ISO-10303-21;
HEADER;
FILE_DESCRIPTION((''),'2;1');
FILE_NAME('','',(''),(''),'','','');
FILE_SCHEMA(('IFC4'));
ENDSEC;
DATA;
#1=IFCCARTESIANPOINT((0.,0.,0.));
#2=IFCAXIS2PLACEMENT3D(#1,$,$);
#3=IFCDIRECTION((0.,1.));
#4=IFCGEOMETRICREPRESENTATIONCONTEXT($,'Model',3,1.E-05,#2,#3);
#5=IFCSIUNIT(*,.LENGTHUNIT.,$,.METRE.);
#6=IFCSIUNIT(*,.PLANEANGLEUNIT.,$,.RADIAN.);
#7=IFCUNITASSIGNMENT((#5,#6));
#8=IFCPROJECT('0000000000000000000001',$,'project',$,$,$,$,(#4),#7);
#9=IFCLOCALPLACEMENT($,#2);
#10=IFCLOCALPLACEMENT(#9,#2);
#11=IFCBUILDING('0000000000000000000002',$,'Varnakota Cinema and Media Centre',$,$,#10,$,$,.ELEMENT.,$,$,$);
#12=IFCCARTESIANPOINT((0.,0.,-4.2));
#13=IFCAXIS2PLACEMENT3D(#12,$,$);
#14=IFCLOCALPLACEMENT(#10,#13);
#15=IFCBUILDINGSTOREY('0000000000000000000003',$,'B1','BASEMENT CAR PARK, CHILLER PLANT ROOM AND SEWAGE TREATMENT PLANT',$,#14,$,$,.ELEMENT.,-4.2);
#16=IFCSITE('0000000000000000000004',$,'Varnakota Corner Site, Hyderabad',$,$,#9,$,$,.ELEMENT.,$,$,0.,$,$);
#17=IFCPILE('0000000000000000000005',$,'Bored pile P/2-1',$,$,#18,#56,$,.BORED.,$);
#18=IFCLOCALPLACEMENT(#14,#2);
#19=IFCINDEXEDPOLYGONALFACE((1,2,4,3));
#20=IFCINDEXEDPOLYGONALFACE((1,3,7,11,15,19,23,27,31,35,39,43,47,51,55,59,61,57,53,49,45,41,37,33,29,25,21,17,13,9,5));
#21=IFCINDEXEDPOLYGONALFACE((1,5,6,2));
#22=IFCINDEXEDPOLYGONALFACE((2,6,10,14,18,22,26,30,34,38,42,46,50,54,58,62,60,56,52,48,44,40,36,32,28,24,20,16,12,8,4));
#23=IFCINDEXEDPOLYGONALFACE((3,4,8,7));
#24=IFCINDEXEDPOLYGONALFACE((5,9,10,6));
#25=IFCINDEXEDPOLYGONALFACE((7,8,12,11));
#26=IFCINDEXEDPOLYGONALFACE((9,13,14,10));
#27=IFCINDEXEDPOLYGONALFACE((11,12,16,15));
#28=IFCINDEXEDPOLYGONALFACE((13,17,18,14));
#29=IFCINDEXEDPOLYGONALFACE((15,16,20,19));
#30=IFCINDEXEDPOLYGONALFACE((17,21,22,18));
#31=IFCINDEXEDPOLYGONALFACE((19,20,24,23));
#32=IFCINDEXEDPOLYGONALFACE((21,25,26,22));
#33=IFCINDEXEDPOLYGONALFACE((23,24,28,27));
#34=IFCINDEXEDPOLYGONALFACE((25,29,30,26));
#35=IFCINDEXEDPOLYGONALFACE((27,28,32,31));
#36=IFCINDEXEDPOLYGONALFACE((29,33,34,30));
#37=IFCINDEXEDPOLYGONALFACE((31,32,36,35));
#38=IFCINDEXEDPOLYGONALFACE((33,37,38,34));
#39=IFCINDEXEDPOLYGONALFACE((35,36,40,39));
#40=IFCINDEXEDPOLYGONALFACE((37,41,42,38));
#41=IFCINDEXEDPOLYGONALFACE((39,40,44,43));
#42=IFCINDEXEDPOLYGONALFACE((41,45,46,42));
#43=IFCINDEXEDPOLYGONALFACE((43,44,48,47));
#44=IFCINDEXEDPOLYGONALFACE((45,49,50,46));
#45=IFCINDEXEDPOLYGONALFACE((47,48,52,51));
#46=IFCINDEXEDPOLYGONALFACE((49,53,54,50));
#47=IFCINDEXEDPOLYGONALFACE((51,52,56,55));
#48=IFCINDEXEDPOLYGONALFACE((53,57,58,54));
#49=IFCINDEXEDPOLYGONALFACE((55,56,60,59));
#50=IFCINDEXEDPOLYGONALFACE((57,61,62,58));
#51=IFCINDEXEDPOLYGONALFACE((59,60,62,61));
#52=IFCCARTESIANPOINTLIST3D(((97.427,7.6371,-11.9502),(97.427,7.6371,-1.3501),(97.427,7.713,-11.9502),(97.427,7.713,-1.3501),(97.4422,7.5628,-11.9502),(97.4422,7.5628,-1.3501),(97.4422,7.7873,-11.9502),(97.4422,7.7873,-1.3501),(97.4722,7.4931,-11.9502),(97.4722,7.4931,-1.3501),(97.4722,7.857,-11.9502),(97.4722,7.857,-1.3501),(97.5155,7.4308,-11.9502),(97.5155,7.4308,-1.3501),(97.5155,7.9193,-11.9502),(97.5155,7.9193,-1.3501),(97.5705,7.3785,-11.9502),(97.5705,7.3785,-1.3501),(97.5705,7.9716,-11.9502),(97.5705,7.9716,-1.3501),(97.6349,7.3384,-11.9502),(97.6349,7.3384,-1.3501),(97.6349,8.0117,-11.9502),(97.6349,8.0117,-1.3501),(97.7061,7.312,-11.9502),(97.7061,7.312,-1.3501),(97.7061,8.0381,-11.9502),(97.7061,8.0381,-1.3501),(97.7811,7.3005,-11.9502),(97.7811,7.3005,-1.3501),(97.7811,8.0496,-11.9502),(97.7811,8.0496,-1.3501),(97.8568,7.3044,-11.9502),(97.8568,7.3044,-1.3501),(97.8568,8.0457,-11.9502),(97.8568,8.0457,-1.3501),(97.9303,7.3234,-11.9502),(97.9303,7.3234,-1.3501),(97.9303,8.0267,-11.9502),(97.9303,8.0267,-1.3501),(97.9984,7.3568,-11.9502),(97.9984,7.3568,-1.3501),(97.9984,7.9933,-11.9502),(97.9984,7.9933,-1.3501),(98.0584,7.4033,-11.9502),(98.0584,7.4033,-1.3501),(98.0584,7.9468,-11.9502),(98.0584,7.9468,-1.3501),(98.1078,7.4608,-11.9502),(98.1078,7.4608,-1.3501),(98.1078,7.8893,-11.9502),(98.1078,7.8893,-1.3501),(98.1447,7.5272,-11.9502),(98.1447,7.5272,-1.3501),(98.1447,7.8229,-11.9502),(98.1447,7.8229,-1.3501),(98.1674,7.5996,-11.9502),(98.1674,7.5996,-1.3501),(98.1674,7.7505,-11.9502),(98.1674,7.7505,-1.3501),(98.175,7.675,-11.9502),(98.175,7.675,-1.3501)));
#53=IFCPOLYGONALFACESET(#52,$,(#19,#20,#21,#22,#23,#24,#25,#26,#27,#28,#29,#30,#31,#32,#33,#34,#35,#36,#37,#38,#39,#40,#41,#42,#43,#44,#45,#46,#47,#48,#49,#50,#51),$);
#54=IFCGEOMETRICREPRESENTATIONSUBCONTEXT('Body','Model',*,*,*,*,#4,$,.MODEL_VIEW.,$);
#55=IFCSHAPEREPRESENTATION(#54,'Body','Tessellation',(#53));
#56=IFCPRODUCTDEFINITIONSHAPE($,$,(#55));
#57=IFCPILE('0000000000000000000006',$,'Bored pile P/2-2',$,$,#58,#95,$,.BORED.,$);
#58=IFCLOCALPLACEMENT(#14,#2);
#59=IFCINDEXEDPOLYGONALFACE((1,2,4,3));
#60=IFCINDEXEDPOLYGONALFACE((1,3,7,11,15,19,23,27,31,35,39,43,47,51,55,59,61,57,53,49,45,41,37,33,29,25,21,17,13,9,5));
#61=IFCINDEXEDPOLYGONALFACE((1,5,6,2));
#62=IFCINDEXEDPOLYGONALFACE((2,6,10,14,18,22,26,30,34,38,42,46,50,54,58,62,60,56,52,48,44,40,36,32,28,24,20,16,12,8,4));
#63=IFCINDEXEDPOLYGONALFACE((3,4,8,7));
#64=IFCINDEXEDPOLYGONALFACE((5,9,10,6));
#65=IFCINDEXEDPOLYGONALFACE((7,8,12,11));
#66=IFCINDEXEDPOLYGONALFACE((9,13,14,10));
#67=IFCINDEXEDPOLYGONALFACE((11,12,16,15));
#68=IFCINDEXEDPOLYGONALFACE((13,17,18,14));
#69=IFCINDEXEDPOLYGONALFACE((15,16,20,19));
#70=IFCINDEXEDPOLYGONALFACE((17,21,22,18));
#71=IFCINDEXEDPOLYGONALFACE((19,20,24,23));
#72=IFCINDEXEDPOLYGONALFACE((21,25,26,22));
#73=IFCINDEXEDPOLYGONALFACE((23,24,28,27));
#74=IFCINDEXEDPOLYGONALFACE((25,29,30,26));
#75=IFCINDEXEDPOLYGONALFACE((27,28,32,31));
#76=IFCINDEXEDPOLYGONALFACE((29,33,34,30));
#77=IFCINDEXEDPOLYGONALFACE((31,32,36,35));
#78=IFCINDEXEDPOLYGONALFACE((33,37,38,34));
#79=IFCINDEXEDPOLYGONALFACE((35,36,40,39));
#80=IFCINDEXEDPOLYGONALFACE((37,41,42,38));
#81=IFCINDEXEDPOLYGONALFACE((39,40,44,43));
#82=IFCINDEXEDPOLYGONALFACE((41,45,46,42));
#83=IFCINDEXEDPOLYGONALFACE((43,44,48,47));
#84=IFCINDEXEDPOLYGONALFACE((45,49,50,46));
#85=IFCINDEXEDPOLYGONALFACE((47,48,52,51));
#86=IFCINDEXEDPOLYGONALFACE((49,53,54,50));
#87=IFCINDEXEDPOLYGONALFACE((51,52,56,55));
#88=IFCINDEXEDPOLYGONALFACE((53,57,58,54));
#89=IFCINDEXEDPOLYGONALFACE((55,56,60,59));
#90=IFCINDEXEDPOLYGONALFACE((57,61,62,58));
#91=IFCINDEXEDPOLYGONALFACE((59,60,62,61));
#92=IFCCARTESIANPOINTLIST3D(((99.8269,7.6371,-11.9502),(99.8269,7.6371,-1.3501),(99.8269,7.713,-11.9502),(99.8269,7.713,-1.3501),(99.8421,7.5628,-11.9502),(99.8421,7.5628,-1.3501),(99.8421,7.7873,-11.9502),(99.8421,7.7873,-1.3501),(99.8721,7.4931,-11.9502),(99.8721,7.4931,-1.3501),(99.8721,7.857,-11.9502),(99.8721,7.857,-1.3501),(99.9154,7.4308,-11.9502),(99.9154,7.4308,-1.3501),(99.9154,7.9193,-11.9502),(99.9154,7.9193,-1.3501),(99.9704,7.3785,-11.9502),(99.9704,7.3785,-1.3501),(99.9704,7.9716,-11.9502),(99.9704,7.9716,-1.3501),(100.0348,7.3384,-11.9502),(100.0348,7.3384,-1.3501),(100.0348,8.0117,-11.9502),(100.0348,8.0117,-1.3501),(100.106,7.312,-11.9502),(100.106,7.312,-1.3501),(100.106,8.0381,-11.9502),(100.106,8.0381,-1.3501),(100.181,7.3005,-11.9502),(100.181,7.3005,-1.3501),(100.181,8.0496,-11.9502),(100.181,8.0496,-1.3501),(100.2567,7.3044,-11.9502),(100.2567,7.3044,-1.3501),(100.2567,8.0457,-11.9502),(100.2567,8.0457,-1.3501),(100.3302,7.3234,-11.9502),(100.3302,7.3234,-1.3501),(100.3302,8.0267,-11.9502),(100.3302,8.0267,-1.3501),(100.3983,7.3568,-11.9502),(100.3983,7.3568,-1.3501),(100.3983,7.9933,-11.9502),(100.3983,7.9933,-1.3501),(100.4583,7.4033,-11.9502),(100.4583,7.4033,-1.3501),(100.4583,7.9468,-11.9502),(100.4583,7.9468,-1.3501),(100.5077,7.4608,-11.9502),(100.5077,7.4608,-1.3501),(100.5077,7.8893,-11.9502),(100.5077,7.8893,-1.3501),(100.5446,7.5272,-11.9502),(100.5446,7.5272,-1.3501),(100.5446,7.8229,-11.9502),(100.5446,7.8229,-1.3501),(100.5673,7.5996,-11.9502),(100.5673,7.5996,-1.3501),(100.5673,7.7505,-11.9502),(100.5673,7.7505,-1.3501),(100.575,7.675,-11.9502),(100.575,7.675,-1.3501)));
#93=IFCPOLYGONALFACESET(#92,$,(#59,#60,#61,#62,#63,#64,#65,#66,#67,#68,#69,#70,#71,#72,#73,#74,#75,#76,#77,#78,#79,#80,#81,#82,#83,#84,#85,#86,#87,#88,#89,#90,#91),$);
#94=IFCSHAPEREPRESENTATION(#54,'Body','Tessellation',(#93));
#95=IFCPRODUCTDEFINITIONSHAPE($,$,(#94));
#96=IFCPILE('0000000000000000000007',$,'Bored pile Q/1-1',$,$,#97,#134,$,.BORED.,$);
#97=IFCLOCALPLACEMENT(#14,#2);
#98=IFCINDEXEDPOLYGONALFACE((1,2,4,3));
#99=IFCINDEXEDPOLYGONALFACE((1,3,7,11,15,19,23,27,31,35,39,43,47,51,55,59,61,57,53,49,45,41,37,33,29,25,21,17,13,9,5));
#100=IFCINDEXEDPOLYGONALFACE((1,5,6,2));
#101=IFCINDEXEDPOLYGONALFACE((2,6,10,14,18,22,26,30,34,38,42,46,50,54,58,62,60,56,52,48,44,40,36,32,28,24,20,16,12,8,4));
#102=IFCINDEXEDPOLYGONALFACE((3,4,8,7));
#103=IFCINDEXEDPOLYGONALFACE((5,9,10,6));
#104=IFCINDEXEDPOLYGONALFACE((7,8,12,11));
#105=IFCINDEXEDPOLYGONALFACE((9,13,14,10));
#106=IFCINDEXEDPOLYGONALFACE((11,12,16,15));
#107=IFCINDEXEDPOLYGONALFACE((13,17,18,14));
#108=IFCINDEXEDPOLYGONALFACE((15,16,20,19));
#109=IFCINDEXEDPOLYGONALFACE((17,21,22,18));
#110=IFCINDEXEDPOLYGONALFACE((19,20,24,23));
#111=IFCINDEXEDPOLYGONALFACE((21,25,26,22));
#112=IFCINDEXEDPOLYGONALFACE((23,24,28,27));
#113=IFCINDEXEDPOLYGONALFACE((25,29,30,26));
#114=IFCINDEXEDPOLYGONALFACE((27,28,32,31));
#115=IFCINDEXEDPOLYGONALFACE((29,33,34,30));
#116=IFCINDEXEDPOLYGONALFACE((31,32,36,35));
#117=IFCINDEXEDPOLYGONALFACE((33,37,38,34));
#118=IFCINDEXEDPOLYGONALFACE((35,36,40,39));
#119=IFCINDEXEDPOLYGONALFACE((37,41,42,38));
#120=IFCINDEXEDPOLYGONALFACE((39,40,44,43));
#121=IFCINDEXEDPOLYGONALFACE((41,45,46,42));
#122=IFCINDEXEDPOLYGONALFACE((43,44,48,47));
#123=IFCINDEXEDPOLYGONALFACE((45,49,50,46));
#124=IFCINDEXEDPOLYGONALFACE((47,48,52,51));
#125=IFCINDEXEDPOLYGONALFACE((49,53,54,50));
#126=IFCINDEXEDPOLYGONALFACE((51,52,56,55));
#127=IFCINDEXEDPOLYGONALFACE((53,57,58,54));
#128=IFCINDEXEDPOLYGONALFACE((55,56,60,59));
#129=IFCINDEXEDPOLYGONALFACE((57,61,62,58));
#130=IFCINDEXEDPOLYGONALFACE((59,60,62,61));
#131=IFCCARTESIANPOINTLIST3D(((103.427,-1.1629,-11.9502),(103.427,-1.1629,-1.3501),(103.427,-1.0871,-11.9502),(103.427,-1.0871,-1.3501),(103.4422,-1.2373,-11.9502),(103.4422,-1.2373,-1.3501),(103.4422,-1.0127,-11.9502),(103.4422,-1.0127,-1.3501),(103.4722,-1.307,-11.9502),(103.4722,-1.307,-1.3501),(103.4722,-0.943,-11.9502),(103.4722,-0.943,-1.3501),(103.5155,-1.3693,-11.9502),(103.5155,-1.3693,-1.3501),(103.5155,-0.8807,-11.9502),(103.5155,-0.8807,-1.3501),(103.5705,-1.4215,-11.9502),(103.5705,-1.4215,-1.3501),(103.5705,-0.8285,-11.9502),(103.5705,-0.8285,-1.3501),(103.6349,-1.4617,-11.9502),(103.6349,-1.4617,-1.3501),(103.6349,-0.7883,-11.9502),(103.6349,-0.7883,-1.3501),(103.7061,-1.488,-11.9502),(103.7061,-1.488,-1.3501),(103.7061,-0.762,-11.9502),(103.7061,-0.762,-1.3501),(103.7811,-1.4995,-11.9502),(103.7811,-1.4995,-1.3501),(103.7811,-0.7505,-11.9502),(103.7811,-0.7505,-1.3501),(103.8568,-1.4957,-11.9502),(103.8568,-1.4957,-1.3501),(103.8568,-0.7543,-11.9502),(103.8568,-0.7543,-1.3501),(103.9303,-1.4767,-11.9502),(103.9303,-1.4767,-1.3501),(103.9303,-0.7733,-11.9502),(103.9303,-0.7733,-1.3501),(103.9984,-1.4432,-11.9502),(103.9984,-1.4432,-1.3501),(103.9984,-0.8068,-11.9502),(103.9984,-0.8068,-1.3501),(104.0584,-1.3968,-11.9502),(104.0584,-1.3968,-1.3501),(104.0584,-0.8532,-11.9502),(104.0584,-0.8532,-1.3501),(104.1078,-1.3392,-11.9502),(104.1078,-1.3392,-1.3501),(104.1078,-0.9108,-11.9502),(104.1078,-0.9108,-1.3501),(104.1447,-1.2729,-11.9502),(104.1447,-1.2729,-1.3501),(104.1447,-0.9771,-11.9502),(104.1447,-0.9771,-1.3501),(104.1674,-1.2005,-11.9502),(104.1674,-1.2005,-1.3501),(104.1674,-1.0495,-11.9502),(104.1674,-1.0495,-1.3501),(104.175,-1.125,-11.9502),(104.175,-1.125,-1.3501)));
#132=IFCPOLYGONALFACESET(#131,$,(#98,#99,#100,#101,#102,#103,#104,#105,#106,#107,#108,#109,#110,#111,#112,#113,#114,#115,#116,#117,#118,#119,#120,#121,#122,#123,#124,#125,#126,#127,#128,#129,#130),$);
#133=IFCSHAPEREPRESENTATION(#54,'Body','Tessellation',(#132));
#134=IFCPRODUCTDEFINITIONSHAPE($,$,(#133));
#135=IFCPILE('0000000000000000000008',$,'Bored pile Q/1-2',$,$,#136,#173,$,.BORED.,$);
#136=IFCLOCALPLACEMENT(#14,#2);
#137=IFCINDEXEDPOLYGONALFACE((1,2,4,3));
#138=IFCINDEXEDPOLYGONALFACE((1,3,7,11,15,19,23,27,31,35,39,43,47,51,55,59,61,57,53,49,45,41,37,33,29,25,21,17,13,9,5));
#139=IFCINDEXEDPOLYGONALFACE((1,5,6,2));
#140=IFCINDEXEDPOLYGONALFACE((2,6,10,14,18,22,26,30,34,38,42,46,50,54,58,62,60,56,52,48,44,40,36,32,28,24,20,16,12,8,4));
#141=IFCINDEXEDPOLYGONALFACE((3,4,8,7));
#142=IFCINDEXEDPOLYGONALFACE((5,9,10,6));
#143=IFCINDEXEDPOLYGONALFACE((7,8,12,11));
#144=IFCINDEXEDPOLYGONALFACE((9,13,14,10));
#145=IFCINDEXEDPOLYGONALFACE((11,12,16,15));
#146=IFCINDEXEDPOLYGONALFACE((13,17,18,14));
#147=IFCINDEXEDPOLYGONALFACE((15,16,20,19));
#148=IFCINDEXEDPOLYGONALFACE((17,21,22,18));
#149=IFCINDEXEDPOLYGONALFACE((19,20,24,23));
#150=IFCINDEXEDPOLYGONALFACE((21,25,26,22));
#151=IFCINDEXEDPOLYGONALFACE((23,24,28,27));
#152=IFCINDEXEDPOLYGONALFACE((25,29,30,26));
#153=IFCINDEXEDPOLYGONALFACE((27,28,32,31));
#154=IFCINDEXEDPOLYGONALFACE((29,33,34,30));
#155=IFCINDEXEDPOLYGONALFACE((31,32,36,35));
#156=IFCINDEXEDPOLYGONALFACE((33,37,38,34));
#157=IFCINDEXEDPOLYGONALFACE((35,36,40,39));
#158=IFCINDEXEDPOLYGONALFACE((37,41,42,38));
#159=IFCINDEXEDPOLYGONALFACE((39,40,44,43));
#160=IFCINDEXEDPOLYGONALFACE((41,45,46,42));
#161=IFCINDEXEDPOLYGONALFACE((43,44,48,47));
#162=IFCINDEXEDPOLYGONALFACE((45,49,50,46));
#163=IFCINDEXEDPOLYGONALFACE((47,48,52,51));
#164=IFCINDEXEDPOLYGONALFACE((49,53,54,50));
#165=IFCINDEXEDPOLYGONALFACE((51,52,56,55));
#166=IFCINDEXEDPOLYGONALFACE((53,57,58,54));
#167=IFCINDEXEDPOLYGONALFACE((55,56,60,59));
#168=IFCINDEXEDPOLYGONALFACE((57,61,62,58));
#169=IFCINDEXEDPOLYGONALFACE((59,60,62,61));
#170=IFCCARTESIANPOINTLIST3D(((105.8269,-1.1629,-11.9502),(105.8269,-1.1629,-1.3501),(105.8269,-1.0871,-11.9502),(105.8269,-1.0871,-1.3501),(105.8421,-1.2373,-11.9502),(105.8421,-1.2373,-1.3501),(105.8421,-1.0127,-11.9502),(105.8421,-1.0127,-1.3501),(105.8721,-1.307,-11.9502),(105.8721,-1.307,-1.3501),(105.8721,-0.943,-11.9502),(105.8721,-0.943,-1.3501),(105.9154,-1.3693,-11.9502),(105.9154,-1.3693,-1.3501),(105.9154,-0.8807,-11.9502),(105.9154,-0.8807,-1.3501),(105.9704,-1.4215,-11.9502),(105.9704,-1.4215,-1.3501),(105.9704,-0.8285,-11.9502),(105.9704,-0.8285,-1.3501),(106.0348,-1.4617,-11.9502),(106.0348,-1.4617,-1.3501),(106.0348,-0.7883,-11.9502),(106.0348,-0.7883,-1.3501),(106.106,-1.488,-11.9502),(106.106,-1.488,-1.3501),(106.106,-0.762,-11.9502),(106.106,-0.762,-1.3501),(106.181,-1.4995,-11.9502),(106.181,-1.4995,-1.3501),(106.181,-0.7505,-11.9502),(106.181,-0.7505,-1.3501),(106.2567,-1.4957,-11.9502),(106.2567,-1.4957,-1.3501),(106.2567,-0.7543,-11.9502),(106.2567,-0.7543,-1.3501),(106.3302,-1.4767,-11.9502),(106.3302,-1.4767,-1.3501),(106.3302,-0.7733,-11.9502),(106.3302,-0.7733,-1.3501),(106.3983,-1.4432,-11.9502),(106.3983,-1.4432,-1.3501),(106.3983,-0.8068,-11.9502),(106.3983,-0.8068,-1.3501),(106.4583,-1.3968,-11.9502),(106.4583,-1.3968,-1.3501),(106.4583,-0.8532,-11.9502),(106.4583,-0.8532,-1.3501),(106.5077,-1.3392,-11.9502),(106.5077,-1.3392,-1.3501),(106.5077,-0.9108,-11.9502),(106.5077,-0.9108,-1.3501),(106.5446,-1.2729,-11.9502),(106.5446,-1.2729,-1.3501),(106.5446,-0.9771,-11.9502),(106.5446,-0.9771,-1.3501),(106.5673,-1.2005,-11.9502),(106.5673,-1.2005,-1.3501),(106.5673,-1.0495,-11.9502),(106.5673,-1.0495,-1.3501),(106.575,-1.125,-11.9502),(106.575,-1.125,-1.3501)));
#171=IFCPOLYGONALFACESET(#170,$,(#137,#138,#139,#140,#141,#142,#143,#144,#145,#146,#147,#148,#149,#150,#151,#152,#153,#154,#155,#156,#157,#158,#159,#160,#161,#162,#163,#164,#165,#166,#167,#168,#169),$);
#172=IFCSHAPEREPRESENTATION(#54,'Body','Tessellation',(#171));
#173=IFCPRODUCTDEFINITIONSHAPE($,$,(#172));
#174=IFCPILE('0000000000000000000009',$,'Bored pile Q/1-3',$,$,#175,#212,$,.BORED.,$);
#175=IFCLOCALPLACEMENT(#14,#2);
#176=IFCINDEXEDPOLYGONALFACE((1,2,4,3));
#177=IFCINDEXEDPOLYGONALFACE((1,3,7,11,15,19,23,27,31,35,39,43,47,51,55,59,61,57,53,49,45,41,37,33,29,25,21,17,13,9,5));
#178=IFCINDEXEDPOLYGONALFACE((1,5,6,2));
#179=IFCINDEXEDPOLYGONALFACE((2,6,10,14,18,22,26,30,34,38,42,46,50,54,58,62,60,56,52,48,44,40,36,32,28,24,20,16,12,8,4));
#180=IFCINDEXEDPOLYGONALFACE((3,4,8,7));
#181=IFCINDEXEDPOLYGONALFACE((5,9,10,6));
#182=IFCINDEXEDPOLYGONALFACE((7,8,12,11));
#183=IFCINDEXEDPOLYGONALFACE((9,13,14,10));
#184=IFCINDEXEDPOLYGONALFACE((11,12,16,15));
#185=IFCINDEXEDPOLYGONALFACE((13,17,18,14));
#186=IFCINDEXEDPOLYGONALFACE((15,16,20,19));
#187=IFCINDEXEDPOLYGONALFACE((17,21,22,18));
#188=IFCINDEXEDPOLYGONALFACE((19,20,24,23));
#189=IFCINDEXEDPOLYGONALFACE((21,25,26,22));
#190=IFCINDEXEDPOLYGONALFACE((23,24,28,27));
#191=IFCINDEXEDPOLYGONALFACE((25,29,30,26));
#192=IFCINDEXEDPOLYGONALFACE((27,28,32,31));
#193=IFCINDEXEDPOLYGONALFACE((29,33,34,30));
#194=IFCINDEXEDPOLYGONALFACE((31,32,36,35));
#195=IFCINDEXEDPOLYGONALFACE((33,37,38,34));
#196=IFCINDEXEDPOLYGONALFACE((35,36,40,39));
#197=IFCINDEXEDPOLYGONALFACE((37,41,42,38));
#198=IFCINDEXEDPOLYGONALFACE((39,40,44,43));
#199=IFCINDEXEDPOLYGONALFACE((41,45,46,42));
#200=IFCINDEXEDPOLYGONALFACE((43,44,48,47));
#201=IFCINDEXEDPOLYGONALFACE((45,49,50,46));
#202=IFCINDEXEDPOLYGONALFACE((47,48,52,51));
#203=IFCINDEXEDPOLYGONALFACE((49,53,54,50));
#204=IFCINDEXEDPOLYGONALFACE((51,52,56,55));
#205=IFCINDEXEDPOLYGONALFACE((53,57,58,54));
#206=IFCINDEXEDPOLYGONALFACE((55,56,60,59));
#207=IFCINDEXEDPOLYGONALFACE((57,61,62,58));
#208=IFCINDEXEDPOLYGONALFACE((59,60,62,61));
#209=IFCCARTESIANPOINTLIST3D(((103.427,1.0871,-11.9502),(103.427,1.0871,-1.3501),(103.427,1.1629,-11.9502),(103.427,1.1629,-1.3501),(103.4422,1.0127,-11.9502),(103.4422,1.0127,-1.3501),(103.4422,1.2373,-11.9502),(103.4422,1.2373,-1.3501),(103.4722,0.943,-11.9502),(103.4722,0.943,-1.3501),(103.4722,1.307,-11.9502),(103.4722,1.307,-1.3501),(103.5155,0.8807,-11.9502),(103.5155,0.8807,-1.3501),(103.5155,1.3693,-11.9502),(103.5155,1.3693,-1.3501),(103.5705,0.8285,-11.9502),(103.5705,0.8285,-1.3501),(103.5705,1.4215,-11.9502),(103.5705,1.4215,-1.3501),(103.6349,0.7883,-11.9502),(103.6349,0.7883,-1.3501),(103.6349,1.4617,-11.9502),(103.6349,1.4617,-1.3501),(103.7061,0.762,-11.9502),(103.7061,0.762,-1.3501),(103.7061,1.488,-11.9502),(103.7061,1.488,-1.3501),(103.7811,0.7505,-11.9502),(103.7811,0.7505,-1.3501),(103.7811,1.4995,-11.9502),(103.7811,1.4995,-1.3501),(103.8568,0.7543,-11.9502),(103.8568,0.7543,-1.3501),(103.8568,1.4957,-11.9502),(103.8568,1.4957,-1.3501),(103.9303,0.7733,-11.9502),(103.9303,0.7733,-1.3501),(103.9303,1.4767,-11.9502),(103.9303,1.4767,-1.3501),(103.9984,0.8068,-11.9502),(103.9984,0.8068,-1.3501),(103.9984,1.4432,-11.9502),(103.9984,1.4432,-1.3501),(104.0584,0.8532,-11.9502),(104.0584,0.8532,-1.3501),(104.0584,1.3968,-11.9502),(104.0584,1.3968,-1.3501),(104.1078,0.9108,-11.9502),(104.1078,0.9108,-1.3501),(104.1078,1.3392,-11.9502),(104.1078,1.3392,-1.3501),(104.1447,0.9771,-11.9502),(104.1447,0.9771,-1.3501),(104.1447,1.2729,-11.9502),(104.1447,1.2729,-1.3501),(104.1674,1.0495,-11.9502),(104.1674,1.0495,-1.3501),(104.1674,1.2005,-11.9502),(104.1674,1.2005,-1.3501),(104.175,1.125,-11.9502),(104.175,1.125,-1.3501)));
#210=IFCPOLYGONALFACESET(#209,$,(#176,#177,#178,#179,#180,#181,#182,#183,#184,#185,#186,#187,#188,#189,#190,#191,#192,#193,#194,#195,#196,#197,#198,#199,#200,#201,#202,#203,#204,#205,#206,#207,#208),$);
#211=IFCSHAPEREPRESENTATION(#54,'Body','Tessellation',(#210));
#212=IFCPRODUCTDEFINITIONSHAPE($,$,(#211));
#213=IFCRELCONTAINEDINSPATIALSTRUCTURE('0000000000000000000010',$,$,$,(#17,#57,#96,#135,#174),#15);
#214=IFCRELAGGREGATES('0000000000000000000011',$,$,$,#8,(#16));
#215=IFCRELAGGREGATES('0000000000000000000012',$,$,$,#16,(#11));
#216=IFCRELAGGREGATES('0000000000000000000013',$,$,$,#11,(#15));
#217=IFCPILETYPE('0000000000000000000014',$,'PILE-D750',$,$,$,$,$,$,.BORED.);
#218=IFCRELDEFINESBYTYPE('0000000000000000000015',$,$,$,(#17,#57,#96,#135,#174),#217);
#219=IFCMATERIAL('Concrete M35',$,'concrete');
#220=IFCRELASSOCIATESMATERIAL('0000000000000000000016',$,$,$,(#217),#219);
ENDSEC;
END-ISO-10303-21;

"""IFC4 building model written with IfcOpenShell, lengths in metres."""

from ifc_helpers import new_model, si_unit, direction, frame, origin, origin_2d, place, context, subcontext, project, spatial, circle, extrude, material, material_profile, profile_set, type_object, element, save


model = new_model("IFC4")

# Units and contexts
model_context = context("Model", 3, precision=1e-05, world=origin(), true_north=direction((0.0, 1.0)))
body_context = subcontext(model_context, "Body", "Model", "MODEL_VIEW")
ifc_project = project(units=[si_unit("LENGTHUNIT", "METRE"), si_unit("PLANEANGLEUNIT", "RADIAN")], contexts=[model_context])

# Site, building, storey
site_placement = place(None, origin())
site = spatial("IfcSite", under=ifc_project, at=site_placement, Name="Varnakota Corner Site, Hyderabad", CompositionType="ELEMENT", RefElevation=0.0)
building_placement = place(site_placement, origin())
building = spatial("IfcBuilding", under=site, at=building_placement, Name="Varnakota Cinema and Media Centre", CompositionType="ELEMENT")
storey_placement = place(building_placement, frame((0.0, 0.0, -4.2)))
storey = spatial("IfcBuildingStorey", under=building, at=storey_placement, Name="B1", Description="BASEMENT CAR PARK, CHILLER PLANT ROOM AND SEWAGE TREATMENT PLANT", CompositionType="ELEMENT", Elevation=-4.2)

# Piles
ifc_material_1 = material(Name="Concrete M35", Category="concrete")
ifc_material_profile_1 = material_profile(ifc_material_1, circle(Radius=0.375, at=origin_2d()), Name="PILE D750")
ifc_profile_set_1 = profile_set([ifc_material_profile_1], Name="Concrete M35")
pile_type_1 = type_object("IfcPileType", Name="PILE-D750", PredefinedType="BORED", material=ifc_profile_set_1)
for number, where, z_axis, x_axis, name in (
    (1, (97.8, 7.675, -1.3501), (0.0, 0.0, -1.0), (1.0, 0.0, 0.0), "Bored pile P/2-1"),
    (2, (100.2, 7.675, -1.3501), (0.0, 0.0, -1.0), (1.0, 0.0, 0.0), "Bored pile P/2-2"),
    (3, (103.8, -1.125, -1.3501), (0.0, 0.0, -1.0), (1.0, 0.0, 0.0), "Bored pile Q/1-1"),
    (4, (106.2, -1.125, -1.3501), (0.0, 0.0, -1.0), (1.0, 0.0, 0.0), "Bored pile Q/1-2"),
    (5, (103.8, 1.125, -1.3501), (0.0, 0.0, -1.0), (1.0, 0.0, 0.0), "Bored pile Q/1-3"),
):
    element("IfcPile", number, at=place(storey_placement, frame(where, z_axis=z_axis, x_axis=x_axis)), inside=storey, type_object=pile_type_1, Name=name, PredefinedType="BORED", context=body_context, shape_type="SweptSolid", body=[
        extrude(circle(Radius=0.375, at=origin_2d()), origin(), (0.0, 0.0, 1.0), 10.6001),
    ])

save(model, "model.ifc")
